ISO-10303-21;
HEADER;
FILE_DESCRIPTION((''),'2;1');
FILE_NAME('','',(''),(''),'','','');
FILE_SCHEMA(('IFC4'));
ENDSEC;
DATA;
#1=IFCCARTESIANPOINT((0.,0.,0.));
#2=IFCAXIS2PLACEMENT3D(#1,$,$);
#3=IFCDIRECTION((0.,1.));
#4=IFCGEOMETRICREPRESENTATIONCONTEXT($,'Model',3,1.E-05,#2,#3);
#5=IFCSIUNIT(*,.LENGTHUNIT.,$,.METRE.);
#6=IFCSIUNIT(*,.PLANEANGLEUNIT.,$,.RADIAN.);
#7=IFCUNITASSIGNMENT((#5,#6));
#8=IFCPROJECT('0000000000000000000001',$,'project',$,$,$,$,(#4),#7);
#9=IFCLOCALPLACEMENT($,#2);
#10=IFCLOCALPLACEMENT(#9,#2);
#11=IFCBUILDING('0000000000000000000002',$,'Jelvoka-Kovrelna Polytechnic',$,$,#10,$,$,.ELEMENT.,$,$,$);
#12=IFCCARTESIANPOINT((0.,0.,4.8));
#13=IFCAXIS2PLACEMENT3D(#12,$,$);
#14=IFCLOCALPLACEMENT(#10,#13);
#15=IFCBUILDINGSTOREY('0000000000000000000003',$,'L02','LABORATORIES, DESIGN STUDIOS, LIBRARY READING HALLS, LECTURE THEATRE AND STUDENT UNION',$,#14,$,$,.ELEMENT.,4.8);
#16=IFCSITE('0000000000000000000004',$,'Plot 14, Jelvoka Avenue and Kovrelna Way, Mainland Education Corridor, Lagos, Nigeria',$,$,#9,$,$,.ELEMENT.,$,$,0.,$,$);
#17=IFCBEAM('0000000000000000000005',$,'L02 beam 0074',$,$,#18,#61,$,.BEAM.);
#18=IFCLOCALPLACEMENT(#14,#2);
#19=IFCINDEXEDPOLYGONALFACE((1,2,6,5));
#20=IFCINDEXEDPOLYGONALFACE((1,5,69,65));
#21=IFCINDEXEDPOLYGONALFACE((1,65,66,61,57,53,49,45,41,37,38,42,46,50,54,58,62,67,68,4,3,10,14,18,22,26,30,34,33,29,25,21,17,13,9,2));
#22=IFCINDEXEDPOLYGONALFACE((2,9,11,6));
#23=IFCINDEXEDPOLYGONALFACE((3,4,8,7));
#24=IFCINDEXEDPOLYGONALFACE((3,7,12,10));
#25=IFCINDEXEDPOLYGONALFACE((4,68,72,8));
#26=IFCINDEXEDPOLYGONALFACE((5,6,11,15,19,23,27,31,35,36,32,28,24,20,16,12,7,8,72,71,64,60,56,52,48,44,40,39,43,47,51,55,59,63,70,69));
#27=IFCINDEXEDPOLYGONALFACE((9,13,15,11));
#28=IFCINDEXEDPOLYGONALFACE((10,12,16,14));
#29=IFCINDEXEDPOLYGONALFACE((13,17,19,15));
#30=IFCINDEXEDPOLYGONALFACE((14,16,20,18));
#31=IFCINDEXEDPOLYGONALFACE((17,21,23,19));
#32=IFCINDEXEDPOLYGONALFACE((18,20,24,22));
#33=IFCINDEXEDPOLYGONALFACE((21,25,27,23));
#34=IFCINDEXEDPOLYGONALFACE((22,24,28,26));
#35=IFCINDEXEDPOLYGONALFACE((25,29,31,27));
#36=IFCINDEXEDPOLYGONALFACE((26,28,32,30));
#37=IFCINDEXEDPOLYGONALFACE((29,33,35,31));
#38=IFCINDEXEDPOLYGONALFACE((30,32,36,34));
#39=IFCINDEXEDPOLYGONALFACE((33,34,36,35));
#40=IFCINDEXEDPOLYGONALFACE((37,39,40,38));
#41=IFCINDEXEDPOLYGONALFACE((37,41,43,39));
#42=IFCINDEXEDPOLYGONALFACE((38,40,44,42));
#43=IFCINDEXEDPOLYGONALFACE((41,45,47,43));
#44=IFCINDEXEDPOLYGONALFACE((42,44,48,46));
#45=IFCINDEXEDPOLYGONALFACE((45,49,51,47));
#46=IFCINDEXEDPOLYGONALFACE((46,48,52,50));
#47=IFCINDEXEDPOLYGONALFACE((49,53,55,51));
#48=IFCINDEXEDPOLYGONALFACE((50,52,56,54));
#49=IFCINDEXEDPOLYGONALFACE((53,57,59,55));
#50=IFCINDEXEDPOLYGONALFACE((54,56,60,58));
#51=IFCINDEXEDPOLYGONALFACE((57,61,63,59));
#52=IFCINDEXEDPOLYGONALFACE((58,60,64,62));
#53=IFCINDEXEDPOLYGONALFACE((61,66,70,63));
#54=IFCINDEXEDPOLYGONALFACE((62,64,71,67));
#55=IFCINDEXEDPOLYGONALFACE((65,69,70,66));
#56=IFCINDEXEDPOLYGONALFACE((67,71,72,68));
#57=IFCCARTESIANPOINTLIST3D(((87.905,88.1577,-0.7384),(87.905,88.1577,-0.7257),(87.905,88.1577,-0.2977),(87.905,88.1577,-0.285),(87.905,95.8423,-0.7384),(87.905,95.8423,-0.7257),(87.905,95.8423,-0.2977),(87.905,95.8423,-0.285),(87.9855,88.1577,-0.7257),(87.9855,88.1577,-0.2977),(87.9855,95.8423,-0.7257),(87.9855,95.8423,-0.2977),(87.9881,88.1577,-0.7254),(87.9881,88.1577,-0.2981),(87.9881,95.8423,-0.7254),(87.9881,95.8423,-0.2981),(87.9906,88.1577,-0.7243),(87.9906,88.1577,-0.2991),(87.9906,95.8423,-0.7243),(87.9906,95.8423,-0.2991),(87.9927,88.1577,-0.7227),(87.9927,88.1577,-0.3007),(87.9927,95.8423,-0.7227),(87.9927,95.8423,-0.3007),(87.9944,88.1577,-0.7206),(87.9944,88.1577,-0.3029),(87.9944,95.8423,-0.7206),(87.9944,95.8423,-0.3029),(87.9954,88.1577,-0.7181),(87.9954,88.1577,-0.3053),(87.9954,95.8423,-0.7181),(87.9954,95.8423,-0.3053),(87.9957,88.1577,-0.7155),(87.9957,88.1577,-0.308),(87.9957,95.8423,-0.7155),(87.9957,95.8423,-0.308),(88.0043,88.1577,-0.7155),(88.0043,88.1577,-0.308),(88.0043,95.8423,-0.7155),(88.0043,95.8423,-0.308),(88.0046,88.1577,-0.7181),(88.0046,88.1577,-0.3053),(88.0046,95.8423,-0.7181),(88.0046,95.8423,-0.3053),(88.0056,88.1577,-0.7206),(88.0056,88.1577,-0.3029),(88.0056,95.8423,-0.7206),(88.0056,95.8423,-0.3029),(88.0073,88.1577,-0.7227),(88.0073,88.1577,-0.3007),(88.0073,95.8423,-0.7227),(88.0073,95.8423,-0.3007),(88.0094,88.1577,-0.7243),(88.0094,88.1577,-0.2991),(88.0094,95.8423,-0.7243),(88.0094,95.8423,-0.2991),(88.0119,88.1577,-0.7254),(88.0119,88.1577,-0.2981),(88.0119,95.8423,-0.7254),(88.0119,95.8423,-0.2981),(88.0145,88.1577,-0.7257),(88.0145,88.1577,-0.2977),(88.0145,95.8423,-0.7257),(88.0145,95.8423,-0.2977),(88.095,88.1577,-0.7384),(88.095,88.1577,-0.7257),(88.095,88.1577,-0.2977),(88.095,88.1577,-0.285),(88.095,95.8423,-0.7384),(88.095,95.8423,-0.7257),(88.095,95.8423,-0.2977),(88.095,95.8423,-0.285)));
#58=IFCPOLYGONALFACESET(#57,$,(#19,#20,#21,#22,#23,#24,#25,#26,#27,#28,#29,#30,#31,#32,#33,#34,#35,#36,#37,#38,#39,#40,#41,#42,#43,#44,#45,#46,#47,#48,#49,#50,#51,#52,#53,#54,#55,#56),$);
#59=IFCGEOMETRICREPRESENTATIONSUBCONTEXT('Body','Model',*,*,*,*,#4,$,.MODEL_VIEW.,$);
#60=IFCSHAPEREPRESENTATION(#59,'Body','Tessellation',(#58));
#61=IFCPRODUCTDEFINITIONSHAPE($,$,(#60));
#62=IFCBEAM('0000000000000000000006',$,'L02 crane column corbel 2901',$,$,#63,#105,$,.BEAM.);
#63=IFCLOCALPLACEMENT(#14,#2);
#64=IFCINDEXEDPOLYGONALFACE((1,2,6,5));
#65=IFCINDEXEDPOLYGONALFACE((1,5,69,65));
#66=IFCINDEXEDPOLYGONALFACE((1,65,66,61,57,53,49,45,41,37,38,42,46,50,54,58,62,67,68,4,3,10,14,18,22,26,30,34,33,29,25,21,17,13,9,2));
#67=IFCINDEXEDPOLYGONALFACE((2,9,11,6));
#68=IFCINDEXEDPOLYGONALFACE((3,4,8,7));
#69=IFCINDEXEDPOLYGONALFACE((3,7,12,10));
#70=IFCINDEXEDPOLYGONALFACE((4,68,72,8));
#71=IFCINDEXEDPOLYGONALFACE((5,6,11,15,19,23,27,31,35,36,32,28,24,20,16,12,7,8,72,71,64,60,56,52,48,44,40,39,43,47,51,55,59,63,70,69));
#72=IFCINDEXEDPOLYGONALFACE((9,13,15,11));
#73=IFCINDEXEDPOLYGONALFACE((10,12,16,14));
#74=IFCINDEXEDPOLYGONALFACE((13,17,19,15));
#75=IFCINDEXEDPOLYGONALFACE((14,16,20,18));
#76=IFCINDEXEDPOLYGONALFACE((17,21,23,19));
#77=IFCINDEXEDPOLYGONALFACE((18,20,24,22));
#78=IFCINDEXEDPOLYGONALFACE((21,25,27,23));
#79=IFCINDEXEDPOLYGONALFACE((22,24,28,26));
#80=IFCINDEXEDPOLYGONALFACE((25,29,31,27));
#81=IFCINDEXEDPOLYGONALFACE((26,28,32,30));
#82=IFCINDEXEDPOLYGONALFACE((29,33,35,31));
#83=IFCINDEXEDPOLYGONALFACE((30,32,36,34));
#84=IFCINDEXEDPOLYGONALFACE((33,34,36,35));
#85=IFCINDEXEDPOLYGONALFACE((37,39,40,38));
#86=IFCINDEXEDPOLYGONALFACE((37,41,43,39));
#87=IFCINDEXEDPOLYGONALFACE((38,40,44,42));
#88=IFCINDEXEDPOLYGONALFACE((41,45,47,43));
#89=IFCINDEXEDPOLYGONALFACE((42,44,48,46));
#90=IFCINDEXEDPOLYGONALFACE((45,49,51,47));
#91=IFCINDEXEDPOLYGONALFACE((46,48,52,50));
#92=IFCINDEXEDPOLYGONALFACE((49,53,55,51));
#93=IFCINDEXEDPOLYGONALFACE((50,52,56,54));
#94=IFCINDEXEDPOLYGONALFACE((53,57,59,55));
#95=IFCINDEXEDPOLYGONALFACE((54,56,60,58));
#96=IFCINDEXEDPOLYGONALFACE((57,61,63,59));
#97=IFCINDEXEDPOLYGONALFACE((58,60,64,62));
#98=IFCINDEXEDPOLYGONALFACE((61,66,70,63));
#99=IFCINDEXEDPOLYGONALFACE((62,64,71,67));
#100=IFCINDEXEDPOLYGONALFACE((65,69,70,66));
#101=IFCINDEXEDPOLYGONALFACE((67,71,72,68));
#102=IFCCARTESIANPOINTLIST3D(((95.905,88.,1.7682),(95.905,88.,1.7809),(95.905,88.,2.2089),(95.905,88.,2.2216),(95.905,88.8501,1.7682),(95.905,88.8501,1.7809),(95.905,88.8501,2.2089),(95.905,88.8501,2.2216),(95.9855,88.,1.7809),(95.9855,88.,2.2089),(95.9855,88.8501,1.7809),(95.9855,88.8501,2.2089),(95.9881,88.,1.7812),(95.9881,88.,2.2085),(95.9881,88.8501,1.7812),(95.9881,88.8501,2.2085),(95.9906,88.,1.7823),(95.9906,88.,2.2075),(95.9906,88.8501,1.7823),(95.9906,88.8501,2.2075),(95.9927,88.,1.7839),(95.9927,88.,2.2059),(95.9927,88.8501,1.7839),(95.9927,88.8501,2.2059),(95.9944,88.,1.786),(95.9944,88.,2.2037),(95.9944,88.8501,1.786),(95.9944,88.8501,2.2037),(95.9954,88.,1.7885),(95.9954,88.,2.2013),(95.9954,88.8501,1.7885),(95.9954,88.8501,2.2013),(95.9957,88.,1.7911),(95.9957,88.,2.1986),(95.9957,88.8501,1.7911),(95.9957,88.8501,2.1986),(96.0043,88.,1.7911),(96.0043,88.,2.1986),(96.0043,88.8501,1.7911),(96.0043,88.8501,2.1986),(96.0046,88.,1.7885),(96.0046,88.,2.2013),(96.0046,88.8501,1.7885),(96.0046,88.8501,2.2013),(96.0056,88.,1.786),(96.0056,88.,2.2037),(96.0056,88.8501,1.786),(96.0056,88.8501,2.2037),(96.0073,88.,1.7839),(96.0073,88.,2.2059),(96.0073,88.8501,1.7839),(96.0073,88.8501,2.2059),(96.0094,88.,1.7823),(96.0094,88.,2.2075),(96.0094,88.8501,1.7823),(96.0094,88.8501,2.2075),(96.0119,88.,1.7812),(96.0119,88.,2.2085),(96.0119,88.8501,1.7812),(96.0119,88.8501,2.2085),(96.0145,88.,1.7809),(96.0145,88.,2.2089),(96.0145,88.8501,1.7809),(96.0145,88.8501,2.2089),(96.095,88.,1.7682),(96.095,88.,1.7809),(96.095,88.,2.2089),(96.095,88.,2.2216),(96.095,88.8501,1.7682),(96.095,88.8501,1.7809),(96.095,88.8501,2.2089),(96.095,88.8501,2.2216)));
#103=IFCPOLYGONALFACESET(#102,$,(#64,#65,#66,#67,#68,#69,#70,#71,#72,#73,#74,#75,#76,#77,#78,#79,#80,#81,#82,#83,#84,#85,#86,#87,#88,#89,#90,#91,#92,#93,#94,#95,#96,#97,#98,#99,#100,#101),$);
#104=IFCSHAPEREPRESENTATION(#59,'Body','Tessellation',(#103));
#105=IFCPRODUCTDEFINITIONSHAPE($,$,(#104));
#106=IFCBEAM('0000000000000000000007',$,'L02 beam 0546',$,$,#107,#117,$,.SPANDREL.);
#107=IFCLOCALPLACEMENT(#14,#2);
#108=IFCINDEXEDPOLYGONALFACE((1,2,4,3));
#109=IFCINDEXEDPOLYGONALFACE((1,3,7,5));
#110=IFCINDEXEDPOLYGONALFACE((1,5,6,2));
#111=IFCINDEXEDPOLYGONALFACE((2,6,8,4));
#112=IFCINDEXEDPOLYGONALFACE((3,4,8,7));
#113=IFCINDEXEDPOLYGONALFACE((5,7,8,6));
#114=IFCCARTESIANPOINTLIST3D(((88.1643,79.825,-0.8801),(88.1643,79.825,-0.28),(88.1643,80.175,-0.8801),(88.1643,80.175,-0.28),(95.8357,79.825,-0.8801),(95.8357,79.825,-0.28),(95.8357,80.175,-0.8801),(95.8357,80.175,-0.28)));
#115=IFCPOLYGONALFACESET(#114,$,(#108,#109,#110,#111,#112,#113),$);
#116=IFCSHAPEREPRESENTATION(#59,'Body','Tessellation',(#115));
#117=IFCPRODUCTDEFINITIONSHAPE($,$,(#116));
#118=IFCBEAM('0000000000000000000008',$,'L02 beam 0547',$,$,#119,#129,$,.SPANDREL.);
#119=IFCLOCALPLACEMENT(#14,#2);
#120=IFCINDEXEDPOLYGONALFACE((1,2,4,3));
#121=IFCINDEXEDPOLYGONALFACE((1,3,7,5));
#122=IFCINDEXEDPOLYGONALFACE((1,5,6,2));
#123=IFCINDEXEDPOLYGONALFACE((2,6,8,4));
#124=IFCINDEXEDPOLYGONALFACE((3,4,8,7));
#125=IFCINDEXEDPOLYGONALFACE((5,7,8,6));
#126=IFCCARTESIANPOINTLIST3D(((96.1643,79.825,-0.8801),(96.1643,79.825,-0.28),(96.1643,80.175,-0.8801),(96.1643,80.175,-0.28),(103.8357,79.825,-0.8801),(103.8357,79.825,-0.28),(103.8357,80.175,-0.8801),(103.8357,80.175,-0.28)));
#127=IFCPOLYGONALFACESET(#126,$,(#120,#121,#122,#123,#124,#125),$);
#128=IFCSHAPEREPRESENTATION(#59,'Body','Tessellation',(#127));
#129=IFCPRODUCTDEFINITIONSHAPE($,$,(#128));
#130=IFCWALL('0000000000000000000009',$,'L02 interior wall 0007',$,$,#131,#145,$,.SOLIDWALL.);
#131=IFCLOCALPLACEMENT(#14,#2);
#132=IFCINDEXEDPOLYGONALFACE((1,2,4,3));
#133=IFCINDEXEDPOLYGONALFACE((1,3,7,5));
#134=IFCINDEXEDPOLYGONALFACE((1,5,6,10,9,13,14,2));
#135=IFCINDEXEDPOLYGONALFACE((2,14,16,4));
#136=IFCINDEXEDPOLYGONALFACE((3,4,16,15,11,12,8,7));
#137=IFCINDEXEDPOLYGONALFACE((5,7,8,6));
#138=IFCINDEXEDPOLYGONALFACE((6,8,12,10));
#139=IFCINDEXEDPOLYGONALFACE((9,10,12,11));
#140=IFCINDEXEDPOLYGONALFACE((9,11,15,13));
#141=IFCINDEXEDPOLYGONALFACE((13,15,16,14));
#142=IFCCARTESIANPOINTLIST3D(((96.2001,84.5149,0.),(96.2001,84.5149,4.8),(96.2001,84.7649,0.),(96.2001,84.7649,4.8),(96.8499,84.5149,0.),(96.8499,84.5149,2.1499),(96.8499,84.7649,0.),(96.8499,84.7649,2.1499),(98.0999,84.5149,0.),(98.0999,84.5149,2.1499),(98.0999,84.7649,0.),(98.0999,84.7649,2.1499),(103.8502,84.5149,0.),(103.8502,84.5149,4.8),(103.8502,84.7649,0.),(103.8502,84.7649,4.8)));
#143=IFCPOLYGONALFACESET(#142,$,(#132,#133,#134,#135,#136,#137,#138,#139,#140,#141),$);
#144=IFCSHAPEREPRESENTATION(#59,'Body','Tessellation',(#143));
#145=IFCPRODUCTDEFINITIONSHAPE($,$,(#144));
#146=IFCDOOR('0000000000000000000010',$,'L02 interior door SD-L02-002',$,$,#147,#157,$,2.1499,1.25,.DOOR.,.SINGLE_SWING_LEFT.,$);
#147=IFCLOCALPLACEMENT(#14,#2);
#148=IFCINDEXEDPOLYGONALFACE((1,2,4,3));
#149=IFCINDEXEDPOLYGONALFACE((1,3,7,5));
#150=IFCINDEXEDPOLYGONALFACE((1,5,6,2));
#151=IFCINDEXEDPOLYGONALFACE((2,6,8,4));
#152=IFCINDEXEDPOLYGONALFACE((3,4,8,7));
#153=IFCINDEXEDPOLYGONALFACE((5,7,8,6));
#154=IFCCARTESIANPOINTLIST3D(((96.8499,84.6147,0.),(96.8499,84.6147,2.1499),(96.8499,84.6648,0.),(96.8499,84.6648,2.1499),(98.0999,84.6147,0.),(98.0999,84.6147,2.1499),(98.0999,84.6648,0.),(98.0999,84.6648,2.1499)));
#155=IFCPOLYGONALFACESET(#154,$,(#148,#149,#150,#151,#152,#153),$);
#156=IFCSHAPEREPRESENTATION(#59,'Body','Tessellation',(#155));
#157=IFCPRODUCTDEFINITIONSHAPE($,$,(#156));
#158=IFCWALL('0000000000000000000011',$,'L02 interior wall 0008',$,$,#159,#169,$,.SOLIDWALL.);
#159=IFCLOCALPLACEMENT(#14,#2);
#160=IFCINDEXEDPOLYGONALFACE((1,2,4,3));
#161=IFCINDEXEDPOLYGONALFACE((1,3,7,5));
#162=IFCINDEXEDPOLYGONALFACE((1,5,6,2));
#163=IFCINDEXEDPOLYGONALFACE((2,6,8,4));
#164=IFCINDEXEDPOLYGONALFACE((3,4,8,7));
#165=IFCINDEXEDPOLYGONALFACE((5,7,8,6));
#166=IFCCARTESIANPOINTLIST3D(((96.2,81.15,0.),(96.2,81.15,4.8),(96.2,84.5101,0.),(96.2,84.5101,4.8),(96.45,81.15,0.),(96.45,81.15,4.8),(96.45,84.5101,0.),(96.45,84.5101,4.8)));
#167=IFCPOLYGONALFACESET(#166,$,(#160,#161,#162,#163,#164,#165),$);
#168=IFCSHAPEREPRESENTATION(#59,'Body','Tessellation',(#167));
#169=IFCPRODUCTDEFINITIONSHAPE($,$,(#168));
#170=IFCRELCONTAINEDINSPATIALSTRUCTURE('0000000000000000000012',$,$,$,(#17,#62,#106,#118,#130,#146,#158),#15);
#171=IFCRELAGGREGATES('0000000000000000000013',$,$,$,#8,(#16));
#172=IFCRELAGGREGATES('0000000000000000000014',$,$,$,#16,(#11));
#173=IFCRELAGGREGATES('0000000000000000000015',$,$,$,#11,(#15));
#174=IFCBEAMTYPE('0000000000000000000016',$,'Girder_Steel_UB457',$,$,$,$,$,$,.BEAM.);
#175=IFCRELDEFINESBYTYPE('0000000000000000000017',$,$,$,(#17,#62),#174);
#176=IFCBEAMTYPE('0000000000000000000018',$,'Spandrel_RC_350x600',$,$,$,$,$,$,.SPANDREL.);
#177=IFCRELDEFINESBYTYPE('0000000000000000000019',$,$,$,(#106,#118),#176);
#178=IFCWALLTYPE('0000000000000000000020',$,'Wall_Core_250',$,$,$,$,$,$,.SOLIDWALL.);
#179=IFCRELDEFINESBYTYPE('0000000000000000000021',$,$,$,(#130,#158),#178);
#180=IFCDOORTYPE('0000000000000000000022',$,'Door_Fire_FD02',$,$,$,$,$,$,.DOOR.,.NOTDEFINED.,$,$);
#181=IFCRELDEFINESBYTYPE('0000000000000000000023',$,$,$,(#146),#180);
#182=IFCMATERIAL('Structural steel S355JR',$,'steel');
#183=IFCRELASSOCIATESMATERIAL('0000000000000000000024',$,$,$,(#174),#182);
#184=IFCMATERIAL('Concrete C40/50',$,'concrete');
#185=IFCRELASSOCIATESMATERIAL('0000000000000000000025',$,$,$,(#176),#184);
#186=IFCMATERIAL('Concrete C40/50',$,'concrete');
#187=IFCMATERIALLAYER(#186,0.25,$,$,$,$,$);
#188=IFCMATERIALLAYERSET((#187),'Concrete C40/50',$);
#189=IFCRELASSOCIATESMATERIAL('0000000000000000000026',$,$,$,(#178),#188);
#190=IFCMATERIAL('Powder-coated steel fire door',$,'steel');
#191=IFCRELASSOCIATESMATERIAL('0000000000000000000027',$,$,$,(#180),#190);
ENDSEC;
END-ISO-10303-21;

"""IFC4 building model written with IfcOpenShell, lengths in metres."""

from ifc_helpers import new_model, si_unit, direction, frame, frame_2d, origin, origin_2d, place, context, subcontext, project, spatial, rectangle, i_section, extrude, material, layer, layer_set, material_profile, profile_set, type_object, element, fill, save


model = new_model("IFC4")

# Units and contexts
model_context = context("Model", 3, precision=1e-05, world=origin(), true_north=direction((0.0, 1.0)))
body_context = subcontext(model_context, "Body", "Model", "MODEL_VIEW")
ifc_project = project(units=[si_unit("LENGTHUNIT", "METRE"), si_unit("PLANEANGLEUNIT", "RADIAN")], contexts=[model_context])

# Site, building, storey
site_placement = place(None, origin())
site = spatial("IfcSite", under=ifc_project, at=site_placement, Name="Plot 14, Jelvoka Avenue and Kovrelna Way, Mainland Education Corridor, Lagos, Nigeria", CompositionType="ELEMENT", RefElevation=0.0)
building_placement = place(site_placement, origin())
building = spatial("IfcBuilding", under=site, at=building_placement, Name="Jelvoka-Kovrelna Polytechnic", CompositionType="ELEMENT")
storey_placement = place(building_placement, frame((0.0, 0.0, 4.8)))
storey = spatial("IfcBuildingStorey", under=building, at=storey_placement, Name="L02", Description="LABORATORIES, DESIGN STUDIOS, LIBRARY READING HALLS, LECTURE THEATRE AND STUDENT UNION", CompositionType="ELEMENT", Elevation=4.8)

# Beams
ifc_material_1 = material(Name="Structural steel S355JR", Category="steel")
ifc_material_profile_1 = material_profile(ifc_material_1, i_section(OverallWidth=0.1899, OverallDepth=0.4534, WebThickness=0.0085, FlangeThickness=0.0127, FilletRadius=0.0103, at=origin_2d()), Name="457x191x67 UB")
ifc_profile_set_1 = profile_set([ifc_material_profile_1], Name="Structural steel S355JR")
beam_type_1 = type_object("IfcBeamType", Name="Girder_Steel_UB457", PredefinedType="BEAM", material=ifc_profile_set_1)
beam_1_placement = place(storey_placement, frame((88.0, 88.1577, -0.5117), z_axis=(0.0, 1.0, 0.0), x_axis=(-1.0, 0.0, 0.0)))
element("IfcBeam", 1, at=beam_1_placement, inside=storey, type_object=beam_type_1, Name="L02 beam 0074", PredefinedType="BEAM", context=body_context, shape_type="SweptSolid", body=[
    extrude(i_section(OverallWidth=0.1899, OverallDepth=0.4534, WebThickness=0.0085, FlangeThickness=0.0127, FilletRadius=0.0103, at=origin_2d()), origin(), (0.0, 0.0, 1.0), 7.6846),
])
beam_2_placement = place(storey_placement, frame((96.0, 88.0, 1.9949), z_axis=(0.0, 1.0, 0.0), x_axis=(-1.0, 0.0, 0.0)))
element("IfcBeam", 2, at=beam_2_placement, inside=storey, type_object=beam_type_1, Name="L02 crane column corbel 2901", PredefinedType="BEAM", context=body_context, shape_type="SweptSolid", body=[
    extrude(i_section(OverallWidth=0.1899, OverallDepth=0.4534, WebThickness=0.0085, FlangeThickness=0.0127, FilletRadius=0.0103, at=origin_2d()), origin(), (0.0, 0.0, 1.0), 0.8501),
])
ifc_material_2 = material(Name="Concrete C40/50", Category="concrete")
ifc_material_profile_2 = material_profile(ifc_material_2, rectangle(XDim=0.3501, YDim=0.6001, at=origin_2d()), Name="RC 350x600")
ifc_profile_set_2 = profile_set([ifc_material_profile_2], Name="Concrete C40/50")
beam_type_2 = type_object("IfcBeamType", Name="Spandrel_RC_350x600", PredefinedType="SPANDREL", material=ifc_profile_set_2)
for number, where, z_axis, x_axis, name in (
    (3, (88.1643, 80.0, -0.5801), (1.0, 0.0, 0.0), (0.0, 1.0, 0.0), "L02 beam 0546"),
    (4, (96.1643, 80.0, -0.5801), (1.0, 0.0, 0.0), (0.0, 1.0, 0.0), "L02 beam 0547"),
):
    element("IfcBeam", number, at=place(storey_placement, frame(where, z_axis=z_axis, x_axis=x_axis)), inside=storey, type_object=beam_type_2, Name=name, PredefinedType="SPANDREL", context=body_context, shape_type="SweptSolid", body=[
        extrude(rectangle(XDim=0.3501, YDim=0.6001, at=origin_2d()), origin(), (0.0, 0.0, 1.0), 7.6714),
    ])

# Wall, opening, door
ifc_material_3 = material(Name="Concrete C40/50", Category="concrete")
ifc_layer_1 = layer(ifc_material_3, 0.25)
ifc_layer_set_1 = layer_set([ifc_layer_1], Name="Concrete C40/50")
wall_type_1 = type_object("IfcWallType", Name="Wall_Core_250", PredefinedType="SOLIDWALL", material=ifc_layer_set_1)
wall_1_placement = place(storey_placement, frame((96.2, 84.6399, 0.0), z_axis=(0.0, 0.0, 1.0), x_axis=(1.0, 0.0, 0.0)))
wall_1 = element("IfcWall", 5, at=wall_1_placement, inside=storey, type_object=wall_type_1, Name="L02 interior wall 0007", PredefinedType="SOLIDWALL", context=body_context, shape_type="SweptSolid", body=[
    extrude(rectangle(XDim=7.6501, YDim=0.25, at=frame_2d((3.8252, 0.0))), origin(), (0.0, 0.0, 1.0), 4.8),
])
opening_1_placement = place(wall_1_placement, frame((0.6499, 0.0, 0.0)))
opening_1 = element("IfcOpeningElement", 6, at=opening_1_placement, cuts=wall_1, PredefinedType="OPENING", context=body_context, shape_type="SweptSolid", body=[
    extrude(rectangle(XDim=1.25, YDim=2.1499, at=frame_2d((0.625, 1.075))), frame((0.0, 0.135, 0.0), z_axis=(0.0, -1.0, 0.0), x_axis=(1.0, 0.0, 0.0)), (0.0, 0.0, 1.0), 0.27),
])
ifc_material_4 = material(Name="Powder-coated steel fire door", Category="steel")
door_type_1 = type_object("IfcDoorType", Name="Door_Fire_FD02", OperationType="NOTDEFINED", PredefinedType="DOOR", material=ifc_material_4)
door_1_placement = place(opening_1_placement, origin())
door_1 = element("IfcDoor", 7, at=door_1_placement, inside=storey, type_object=door_type_1, Name="L02 interior door SD-L02-002", OperationType="SINGLE_SWING_LEFT", OverallHeight=2.1499, OverallWidth=1.25, PredefinedType="DOOR", context=body_context, shape_type="SweptSolid", body=[
    extrude(rectangle(XDim=1.25, YDim=2.1499, at=frame_2d((0.625, 1.075))), frame((0.0, 0.0249, 0.0), z_axis=(0.0, -1.0, 0.0), x_axis=(1.0, 0.0, 0.0)), (0.0, 0.0, 1.0), 0.05),
])
fill(opening_1, door_1)

# Wall
wall_2_placement = place(storey_placement, frame((96.325, 81.1499, 0.0), z_axis=(0.0, 0.0, 1.0), x_axis=(0.0, 1.0, 0.0)))
element("IfcWall", 8, at=wall_2_placement, inside=storey, type_object=wall_type_1, Name="L02 interior wall 0008", PredefinedType="SOLIDWALL", context=body_context, shape_type="SweptSolid", body=[
    extrude(rectangle(XDim=3.3601, YDim=0.25, at=frame_2d((1.6802, 0.0))), origin(), (0.0, 0.0, 1.0), 4.8),
])

save(model, "model.ifc")
